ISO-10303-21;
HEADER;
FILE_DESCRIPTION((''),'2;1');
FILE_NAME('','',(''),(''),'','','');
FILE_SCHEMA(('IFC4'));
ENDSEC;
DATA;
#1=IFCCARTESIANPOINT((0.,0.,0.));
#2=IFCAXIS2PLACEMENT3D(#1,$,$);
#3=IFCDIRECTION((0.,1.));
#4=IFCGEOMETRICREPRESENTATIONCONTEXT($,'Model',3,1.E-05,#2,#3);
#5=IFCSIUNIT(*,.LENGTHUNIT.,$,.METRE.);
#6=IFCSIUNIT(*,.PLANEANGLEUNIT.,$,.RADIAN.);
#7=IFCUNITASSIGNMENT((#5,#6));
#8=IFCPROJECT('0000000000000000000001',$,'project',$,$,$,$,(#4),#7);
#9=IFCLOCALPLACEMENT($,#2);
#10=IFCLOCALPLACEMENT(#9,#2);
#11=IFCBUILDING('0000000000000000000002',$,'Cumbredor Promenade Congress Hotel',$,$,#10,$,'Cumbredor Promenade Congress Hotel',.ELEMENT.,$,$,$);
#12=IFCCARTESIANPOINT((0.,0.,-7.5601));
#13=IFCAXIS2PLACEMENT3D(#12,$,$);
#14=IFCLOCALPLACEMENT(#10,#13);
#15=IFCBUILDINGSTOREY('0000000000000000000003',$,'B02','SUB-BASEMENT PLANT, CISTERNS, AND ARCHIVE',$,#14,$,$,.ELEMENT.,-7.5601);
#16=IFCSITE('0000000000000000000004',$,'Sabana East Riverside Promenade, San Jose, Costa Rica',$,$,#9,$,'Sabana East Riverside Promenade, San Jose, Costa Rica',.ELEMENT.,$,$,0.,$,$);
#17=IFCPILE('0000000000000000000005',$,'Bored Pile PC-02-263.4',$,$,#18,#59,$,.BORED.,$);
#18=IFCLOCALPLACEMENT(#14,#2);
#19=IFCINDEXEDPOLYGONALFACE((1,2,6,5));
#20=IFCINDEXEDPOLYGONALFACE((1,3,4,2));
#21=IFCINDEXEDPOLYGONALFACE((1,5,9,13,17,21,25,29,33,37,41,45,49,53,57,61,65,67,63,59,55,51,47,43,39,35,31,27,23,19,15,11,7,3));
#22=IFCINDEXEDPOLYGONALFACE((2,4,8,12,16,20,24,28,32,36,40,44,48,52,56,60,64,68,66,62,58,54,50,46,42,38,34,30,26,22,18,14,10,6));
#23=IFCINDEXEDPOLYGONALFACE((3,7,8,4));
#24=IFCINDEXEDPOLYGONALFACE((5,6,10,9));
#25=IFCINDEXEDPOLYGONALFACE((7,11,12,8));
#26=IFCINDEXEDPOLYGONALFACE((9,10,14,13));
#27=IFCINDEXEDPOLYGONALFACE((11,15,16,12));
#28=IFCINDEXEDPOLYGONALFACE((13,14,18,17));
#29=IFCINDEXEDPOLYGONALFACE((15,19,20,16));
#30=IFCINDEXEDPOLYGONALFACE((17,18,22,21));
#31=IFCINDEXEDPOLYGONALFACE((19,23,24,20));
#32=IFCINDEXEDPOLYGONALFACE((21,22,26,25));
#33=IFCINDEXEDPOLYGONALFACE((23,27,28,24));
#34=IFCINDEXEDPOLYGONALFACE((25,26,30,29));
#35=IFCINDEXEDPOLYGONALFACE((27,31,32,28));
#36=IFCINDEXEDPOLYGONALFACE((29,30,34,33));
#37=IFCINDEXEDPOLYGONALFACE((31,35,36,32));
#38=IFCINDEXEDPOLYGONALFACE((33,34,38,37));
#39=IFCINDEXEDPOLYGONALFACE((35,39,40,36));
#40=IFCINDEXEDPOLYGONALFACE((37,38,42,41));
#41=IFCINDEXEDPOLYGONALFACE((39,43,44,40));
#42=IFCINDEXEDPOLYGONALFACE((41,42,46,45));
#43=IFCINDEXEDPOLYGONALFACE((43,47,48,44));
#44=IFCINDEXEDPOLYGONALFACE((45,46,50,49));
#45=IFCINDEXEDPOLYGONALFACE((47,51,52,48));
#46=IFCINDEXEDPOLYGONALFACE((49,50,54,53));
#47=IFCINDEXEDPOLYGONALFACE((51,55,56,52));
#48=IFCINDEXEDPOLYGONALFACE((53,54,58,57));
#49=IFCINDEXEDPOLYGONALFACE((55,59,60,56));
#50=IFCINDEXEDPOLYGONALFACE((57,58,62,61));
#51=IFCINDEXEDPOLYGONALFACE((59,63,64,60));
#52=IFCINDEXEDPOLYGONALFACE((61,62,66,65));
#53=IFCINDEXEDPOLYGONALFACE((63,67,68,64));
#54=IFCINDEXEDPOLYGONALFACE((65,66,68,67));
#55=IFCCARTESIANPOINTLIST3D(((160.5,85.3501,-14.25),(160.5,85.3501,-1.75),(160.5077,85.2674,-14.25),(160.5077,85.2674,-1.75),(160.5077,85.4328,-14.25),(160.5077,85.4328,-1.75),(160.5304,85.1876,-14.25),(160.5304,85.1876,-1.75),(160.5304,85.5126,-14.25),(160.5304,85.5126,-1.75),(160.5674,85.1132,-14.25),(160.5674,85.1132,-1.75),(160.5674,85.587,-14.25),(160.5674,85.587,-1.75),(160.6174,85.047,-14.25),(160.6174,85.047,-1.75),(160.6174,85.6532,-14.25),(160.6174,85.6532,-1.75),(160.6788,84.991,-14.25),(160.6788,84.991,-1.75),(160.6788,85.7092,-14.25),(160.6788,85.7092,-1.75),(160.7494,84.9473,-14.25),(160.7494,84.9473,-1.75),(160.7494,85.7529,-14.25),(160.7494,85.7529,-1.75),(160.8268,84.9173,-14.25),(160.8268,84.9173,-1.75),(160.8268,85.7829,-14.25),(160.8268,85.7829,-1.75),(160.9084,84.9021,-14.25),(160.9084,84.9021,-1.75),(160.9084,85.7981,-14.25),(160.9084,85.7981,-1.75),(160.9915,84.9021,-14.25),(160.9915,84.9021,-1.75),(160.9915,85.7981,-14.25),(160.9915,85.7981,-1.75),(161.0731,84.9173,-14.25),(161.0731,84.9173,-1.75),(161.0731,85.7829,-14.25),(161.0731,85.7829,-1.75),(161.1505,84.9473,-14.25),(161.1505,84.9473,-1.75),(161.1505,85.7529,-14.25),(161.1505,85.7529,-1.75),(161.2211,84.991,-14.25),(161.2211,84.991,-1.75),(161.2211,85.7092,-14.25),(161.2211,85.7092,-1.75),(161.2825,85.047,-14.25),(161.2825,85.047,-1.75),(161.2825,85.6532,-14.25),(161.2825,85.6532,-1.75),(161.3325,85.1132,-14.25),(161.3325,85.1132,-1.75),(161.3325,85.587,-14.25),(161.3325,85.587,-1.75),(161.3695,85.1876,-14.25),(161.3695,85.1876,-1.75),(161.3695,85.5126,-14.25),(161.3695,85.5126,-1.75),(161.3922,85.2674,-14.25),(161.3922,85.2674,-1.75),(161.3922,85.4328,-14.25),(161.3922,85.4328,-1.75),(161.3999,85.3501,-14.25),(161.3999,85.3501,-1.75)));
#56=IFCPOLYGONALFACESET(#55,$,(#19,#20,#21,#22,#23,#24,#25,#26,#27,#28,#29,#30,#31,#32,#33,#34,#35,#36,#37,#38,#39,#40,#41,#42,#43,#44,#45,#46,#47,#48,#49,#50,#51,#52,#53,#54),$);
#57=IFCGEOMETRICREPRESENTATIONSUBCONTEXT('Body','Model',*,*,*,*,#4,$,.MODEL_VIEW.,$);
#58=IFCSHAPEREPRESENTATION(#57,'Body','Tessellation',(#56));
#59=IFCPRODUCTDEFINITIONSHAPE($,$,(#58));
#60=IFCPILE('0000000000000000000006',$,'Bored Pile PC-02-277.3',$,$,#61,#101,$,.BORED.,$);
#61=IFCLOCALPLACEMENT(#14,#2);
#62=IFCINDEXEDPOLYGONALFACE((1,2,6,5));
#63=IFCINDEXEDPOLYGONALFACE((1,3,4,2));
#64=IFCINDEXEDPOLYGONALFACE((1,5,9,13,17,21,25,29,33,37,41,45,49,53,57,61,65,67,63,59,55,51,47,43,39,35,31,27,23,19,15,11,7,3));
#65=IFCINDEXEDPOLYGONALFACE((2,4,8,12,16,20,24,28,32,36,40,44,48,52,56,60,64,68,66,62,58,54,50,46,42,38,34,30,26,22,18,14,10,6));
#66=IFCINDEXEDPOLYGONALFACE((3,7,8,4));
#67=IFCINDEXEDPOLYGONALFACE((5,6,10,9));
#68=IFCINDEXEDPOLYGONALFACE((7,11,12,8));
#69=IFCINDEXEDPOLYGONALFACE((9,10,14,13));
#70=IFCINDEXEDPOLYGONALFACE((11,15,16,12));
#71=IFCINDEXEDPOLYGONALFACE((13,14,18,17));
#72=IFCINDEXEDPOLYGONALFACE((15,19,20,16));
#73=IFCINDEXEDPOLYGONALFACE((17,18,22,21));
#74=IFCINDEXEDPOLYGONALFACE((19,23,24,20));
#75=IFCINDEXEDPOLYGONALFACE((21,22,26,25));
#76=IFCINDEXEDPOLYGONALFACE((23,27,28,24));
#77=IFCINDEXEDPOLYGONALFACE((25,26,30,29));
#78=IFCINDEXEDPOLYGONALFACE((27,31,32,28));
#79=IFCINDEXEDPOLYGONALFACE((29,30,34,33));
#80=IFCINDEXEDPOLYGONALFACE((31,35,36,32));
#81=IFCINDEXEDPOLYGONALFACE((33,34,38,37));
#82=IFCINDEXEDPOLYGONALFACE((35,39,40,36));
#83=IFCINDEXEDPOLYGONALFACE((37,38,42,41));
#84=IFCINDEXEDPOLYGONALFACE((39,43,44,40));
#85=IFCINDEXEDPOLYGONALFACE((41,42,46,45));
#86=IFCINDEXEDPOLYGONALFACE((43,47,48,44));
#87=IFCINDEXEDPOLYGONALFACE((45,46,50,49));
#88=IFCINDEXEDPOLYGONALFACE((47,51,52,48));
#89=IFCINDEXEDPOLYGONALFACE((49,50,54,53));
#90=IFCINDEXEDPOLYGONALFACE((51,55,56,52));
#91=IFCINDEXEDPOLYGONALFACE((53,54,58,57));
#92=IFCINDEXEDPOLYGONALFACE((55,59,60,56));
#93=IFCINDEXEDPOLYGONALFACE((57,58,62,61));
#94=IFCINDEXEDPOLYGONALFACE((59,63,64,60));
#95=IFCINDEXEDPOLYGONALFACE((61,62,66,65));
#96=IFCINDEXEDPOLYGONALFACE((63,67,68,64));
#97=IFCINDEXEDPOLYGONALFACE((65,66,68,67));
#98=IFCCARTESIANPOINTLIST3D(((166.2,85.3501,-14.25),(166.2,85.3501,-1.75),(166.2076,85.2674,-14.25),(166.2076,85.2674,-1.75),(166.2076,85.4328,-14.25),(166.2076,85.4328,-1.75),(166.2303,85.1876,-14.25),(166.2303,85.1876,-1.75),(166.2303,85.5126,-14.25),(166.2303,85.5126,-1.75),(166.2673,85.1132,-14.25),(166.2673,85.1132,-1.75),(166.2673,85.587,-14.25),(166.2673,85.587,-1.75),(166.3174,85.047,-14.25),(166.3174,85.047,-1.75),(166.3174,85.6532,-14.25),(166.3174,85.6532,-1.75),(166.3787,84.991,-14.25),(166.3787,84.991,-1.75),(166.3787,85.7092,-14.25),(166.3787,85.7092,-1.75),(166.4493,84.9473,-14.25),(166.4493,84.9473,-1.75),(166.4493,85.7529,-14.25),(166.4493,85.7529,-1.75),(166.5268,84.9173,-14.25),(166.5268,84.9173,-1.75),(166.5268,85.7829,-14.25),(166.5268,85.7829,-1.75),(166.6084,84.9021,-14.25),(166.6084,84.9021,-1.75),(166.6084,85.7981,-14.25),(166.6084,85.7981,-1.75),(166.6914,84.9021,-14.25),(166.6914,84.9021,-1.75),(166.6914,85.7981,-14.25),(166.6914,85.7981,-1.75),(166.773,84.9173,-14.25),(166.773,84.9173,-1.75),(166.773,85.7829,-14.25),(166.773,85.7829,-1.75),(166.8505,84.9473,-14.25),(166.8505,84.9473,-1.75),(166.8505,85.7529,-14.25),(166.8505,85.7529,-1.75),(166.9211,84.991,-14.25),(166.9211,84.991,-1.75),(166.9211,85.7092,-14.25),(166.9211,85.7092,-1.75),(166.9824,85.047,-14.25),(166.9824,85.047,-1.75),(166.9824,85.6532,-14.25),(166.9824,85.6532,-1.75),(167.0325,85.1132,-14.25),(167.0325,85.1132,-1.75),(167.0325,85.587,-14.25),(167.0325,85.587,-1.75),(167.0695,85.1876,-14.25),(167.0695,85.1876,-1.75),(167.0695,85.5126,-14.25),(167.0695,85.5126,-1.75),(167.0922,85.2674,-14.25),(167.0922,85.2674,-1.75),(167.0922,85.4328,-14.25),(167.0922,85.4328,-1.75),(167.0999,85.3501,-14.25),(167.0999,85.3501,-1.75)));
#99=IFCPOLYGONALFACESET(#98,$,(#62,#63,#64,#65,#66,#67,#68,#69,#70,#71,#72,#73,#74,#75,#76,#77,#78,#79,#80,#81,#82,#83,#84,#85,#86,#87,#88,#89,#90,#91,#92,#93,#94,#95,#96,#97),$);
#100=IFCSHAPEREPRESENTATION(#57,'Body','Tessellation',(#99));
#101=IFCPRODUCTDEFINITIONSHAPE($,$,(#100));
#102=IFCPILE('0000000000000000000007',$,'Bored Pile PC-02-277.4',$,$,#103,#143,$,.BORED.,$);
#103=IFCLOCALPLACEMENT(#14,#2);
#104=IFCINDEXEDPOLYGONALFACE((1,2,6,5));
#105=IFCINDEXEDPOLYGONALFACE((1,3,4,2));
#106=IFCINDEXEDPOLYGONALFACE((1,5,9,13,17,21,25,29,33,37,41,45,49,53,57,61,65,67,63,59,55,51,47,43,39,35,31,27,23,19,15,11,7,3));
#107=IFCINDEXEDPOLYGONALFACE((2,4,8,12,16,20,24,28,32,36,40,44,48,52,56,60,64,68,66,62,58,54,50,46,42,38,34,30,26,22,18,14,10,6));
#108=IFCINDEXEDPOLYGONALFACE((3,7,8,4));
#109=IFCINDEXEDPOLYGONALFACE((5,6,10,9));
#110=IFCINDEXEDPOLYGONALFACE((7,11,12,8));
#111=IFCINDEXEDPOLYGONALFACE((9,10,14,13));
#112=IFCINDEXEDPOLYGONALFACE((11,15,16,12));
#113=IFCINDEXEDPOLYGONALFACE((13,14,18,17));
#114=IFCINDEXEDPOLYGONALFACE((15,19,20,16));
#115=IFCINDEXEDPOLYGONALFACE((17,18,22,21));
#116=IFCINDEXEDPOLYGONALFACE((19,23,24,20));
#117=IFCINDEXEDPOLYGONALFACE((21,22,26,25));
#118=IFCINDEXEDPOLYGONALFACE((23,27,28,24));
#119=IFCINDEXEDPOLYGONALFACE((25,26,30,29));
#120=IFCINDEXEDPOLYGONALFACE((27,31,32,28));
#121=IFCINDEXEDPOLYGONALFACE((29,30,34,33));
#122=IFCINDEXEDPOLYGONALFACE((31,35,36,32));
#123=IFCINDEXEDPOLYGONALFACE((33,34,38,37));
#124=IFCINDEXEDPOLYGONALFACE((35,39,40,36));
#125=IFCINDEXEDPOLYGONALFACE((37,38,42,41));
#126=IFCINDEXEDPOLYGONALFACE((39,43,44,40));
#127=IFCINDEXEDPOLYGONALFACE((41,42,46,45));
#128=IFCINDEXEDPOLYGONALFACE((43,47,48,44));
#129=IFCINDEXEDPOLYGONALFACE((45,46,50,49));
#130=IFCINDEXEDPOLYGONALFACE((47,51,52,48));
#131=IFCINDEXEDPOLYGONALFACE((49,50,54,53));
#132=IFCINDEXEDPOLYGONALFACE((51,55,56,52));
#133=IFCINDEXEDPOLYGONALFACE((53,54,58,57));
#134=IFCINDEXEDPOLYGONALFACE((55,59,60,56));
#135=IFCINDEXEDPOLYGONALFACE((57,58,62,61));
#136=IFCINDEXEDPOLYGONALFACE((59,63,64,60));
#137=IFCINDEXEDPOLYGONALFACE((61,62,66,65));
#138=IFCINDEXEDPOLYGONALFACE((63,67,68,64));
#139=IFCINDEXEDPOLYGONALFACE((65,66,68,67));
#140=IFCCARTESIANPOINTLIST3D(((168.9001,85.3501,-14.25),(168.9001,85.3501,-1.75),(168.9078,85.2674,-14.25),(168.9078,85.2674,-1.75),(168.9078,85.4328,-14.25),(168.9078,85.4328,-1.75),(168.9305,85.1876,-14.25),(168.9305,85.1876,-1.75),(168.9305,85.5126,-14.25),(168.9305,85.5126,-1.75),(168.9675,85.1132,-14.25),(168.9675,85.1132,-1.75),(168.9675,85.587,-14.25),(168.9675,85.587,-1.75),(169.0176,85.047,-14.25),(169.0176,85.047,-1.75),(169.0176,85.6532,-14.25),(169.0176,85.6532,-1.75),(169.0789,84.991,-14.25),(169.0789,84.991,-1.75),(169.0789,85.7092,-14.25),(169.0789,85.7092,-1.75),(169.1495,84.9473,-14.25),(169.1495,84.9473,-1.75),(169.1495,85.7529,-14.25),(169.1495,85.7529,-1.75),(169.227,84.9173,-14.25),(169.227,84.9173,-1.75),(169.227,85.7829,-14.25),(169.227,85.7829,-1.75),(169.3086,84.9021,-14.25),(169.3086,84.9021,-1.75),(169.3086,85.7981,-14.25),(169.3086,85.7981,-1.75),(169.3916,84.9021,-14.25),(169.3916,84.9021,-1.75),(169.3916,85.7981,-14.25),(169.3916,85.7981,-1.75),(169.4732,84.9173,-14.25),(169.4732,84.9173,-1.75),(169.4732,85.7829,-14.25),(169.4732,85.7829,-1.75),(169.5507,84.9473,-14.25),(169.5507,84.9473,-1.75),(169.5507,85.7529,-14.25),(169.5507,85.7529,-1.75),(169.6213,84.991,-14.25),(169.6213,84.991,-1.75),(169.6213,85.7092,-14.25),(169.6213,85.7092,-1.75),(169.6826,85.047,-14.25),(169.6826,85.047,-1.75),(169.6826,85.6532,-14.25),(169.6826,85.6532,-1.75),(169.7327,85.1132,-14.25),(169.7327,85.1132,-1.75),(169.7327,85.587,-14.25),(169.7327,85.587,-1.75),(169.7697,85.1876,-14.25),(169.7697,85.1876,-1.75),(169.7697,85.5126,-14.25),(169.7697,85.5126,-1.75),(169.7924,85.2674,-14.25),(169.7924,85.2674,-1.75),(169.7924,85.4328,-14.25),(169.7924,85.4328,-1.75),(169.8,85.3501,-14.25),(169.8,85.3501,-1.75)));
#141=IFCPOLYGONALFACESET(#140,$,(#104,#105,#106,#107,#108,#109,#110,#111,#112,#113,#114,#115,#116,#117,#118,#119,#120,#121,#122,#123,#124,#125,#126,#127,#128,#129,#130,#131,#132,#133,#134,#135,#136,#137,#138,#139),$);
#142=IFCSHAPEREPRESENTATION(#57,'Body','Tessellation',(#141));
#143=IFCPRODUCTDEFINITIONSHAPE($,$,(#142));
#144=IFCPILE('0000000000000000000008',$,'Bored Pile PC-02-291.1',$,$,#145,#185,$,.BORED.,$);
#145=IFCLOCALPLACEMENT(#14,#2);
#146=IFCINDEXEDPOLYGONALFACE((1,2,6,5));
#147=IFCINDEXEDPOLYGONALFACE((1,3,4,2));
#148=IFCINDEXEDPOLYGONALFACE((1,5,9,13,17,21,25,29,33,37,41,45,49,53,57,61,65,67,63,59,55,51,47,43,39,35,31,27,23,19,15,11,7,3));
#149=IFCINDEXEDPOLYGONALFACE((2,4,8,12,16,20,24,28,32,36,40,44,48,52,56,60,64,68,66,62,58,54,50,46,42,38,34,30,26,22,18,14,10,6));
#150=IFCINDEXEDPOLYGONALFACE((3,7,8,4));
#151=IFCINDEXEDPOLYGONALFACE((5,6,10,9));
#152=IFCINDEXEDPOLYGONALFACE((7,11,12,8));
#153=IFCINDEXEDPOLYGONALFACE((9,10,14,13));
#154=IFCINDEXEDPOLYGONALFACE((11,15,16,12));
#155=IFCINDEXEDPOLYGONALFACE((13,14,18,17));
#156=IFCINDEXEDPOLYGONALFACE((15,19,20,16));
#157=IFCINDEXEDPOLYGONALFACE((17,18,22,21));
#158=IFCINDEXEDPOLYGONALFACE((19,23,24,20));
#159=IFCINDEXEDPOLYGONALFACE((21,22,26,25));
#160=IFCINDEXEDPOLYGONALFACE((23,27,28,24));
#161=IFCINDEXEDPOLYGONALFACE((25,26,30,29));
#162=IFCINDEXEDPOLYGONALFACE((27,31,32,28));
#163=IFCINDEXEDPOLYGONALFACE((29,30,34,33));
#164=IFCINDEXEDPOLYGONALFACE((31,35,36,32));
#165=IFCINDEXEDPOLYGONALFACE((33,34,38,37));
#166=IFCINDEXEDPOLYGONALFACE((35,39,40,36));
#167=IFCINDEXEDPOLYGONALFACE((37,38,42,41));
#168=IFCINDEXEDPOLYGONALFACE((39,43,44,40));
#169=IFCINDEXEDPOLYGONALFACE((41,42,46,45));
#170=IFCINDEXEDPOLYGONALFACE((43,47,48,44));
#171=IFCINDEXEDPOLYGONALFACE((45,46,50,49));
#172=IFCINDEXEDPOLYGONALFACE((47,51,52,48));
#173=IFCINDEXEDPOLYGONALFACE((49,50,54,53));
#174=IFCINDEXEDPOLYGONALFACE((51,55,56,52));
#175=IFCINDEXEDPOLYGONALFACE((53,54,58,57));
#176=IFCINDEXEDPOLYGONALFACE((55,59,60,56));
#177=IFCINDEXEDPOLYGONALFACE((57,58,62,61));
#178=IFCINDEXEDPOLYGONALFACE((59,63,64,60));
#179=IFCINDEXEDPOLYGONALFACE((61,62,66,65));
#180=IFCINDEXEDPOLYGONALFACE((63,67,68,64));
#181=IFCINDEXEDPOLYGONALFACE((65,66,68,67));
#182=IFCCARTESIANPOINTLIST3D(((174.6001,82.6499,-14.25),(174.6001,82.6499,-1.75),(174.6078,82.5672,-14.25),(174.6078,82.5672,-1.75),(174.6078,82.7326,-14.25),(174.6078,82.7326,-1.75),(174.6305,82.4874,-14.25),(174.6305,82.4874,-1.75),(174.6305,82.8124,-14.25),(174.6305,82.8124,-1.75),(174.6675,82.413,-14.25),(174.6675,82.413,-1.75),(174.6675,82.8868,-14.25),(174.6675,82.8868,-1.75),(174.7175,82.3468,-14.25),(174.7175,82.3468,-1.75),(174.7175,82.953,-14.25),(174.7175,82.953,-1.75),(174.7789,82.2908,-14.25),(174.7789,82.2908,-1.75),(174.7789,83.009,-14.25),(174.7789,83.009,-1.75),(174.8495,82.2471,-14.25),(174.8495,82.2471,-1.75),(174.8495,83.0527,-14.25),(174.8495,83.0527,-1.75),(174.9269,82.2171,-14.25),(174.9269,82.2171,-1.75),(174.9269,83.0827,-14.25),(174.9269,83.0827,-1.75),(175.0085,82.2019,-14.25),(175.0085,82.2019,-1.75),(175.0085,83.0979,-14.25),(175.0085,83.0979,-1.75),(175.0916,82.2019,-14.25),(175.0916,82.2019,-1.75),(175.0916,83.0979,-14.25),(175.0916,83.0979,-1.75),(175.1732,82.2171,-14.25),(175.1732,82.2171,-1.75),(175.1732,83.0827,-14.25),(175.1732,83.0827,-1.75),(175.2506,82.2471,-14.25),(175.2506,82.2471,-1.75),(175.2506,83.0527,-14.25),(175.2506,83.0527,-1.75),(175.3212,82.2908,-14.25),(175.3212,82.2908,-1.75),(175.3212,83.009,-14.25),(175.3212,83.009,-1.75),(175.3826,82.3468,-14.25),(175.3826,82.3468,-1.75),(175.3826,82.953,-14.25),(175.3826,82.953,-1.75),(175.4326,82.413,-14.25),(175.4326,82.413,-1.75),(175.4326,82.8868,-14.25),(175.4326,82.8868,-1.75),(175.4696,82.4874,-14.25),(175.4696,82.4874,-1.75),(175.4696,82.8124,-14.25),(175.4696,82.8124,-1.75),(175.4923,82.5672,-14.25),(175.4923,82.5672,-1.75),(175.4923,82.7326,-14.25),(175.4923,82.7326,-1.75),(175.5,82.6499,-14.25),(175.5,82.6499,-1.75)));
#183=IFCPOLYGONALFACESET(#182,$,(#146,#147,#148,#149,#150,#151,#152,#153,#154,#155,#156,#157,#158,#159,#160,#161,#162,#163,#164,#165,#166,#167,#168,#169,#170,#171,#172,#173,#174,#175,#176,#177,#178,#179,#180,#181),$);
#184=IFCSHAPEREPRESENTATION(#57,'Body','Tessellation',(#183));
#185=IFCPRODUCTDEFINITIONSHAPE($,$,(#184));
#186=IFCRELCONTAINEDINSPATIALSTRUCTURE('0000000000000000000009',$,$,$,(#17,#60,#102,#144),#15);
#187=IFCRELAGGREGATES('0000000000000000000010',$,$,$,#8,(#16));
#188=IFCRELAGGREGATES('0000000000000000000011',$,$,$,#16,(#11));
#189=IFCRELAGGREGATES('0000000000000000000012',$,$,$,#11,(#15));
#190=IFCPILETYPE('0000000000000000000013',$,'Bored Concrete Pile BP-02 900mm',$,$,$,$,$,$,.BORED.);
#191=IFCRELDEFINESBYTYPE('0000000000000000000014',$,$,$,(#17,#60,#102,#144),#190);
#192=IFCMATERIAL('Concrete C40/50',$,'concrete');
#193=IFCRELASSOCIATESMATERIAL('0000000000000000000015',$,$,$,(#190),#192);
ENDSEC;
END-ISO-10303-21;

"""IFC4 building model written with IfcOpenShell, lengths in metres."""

from ifc_helpers import new_model, si_unit, direction, frame, origin, origin_2d, place, context, subcontext, project, spatial, circle, extrude, material, material_profile, profile_set, type_object, element, save


model = new_model("IFC4")

# Units and contexts
model_context = context("Model", 3, precision=1e-05, world=origin(), true_north=direction((0.0, 1.0)))
body_context = subcontext(model_context, "Body", "Model", "MODEL_VIEW")
ifc_project = project(units=[si_unit("LENGTHUNIT", "METRE"), si_unit("PLANEANGLEUNIT", "RADIAN")], contexts=[model_context])

# Site, building, storey
site_placement = place(None, origin())
site = spatial("IfcSite", under=ifc_project, at=site_placement, Name="Sabana East Riverside Promenade, San Jose, Costa Rica", LongName="Sabana East Riverside Promenade, San Jose, Costa Rica", CompositionType="ELEMENT", RefElevation=0.0)
building_placement = place(site_placement, origin())
building = spatial("IfcBuilding", under=site, at=building_placement, Name="Cumbredor Promenade Congress Hotel", LongName="Cumbredor Promenade Congress Hotel", CompositionType="ELEMENT")
storey_placement = place(building_placement, frame((0.0, 0.0, -7.5601)))
storey = spatial("IfcBuildingStorey", under=building, at=storey_placement, Name="B02", Description="SUB-BASEMENT PLANT, CISTERNS, AND ARCHIVE", CompositionType="ELEMENT", Elevation=-7.5601)

# Piles
ifc_material_1 = material(Name="Concrete C40/50", Category="concrete")
ifc_material_profile_1 = material_profile(ifc_material_1, circle(Radius=0.45, at=origin_2d()), Name="PILE D900")
ifc_profile_set_1 = profile_set([ifc_material_profile_1], Name="Concrete C40/50")
pile_type = type_object("IfcPileType", Name="Bored Concrete Pile BP-02 900mm", PredefinedType="BORED", material=ifc_profile_set_1)
for number, where, z_axis, x_axis, name in (
    (1, (160.95, 85.3501, -1.75), (0.0, 0.0, -1.0), (1.0, 0.0, 0.0), "Bored Pile PC-02-263.4"),
    (2, (166.6499, 85.3501, -1.75), (0.0, 0.0, -1.0), (1.0, 0.0, 0.0), "Bored Pile PC-02-277.3"),
    (3, (169.3501, 85.3501, -1.75), (0.0, 0.0, -1.0), (1.0, 0.0, 0.0), "Bored Pile PC-02-277.4"),
    (4, (175.05, 82.6499, -1.75), (0.0, 0.0, -1.0), (1.0, 0.0, 0.0), "Bored Pile PC-02-291.1"),
):
    element("IfcPile", number, at=place(storey_placement, frame(where, z_axis=z_axis, x_axis=x_axis)), inside=storey, type_object=pile_type, Name=name, PredefinedType="BORED", context=body_context, shape_type="SweptSolid", body=[
        extrude(circle(Radius=0.45, at=origin_2d()), origin(), (0.0, 0.0, 1.0), 12.5),
    ])

save(model, "model.ifc")
